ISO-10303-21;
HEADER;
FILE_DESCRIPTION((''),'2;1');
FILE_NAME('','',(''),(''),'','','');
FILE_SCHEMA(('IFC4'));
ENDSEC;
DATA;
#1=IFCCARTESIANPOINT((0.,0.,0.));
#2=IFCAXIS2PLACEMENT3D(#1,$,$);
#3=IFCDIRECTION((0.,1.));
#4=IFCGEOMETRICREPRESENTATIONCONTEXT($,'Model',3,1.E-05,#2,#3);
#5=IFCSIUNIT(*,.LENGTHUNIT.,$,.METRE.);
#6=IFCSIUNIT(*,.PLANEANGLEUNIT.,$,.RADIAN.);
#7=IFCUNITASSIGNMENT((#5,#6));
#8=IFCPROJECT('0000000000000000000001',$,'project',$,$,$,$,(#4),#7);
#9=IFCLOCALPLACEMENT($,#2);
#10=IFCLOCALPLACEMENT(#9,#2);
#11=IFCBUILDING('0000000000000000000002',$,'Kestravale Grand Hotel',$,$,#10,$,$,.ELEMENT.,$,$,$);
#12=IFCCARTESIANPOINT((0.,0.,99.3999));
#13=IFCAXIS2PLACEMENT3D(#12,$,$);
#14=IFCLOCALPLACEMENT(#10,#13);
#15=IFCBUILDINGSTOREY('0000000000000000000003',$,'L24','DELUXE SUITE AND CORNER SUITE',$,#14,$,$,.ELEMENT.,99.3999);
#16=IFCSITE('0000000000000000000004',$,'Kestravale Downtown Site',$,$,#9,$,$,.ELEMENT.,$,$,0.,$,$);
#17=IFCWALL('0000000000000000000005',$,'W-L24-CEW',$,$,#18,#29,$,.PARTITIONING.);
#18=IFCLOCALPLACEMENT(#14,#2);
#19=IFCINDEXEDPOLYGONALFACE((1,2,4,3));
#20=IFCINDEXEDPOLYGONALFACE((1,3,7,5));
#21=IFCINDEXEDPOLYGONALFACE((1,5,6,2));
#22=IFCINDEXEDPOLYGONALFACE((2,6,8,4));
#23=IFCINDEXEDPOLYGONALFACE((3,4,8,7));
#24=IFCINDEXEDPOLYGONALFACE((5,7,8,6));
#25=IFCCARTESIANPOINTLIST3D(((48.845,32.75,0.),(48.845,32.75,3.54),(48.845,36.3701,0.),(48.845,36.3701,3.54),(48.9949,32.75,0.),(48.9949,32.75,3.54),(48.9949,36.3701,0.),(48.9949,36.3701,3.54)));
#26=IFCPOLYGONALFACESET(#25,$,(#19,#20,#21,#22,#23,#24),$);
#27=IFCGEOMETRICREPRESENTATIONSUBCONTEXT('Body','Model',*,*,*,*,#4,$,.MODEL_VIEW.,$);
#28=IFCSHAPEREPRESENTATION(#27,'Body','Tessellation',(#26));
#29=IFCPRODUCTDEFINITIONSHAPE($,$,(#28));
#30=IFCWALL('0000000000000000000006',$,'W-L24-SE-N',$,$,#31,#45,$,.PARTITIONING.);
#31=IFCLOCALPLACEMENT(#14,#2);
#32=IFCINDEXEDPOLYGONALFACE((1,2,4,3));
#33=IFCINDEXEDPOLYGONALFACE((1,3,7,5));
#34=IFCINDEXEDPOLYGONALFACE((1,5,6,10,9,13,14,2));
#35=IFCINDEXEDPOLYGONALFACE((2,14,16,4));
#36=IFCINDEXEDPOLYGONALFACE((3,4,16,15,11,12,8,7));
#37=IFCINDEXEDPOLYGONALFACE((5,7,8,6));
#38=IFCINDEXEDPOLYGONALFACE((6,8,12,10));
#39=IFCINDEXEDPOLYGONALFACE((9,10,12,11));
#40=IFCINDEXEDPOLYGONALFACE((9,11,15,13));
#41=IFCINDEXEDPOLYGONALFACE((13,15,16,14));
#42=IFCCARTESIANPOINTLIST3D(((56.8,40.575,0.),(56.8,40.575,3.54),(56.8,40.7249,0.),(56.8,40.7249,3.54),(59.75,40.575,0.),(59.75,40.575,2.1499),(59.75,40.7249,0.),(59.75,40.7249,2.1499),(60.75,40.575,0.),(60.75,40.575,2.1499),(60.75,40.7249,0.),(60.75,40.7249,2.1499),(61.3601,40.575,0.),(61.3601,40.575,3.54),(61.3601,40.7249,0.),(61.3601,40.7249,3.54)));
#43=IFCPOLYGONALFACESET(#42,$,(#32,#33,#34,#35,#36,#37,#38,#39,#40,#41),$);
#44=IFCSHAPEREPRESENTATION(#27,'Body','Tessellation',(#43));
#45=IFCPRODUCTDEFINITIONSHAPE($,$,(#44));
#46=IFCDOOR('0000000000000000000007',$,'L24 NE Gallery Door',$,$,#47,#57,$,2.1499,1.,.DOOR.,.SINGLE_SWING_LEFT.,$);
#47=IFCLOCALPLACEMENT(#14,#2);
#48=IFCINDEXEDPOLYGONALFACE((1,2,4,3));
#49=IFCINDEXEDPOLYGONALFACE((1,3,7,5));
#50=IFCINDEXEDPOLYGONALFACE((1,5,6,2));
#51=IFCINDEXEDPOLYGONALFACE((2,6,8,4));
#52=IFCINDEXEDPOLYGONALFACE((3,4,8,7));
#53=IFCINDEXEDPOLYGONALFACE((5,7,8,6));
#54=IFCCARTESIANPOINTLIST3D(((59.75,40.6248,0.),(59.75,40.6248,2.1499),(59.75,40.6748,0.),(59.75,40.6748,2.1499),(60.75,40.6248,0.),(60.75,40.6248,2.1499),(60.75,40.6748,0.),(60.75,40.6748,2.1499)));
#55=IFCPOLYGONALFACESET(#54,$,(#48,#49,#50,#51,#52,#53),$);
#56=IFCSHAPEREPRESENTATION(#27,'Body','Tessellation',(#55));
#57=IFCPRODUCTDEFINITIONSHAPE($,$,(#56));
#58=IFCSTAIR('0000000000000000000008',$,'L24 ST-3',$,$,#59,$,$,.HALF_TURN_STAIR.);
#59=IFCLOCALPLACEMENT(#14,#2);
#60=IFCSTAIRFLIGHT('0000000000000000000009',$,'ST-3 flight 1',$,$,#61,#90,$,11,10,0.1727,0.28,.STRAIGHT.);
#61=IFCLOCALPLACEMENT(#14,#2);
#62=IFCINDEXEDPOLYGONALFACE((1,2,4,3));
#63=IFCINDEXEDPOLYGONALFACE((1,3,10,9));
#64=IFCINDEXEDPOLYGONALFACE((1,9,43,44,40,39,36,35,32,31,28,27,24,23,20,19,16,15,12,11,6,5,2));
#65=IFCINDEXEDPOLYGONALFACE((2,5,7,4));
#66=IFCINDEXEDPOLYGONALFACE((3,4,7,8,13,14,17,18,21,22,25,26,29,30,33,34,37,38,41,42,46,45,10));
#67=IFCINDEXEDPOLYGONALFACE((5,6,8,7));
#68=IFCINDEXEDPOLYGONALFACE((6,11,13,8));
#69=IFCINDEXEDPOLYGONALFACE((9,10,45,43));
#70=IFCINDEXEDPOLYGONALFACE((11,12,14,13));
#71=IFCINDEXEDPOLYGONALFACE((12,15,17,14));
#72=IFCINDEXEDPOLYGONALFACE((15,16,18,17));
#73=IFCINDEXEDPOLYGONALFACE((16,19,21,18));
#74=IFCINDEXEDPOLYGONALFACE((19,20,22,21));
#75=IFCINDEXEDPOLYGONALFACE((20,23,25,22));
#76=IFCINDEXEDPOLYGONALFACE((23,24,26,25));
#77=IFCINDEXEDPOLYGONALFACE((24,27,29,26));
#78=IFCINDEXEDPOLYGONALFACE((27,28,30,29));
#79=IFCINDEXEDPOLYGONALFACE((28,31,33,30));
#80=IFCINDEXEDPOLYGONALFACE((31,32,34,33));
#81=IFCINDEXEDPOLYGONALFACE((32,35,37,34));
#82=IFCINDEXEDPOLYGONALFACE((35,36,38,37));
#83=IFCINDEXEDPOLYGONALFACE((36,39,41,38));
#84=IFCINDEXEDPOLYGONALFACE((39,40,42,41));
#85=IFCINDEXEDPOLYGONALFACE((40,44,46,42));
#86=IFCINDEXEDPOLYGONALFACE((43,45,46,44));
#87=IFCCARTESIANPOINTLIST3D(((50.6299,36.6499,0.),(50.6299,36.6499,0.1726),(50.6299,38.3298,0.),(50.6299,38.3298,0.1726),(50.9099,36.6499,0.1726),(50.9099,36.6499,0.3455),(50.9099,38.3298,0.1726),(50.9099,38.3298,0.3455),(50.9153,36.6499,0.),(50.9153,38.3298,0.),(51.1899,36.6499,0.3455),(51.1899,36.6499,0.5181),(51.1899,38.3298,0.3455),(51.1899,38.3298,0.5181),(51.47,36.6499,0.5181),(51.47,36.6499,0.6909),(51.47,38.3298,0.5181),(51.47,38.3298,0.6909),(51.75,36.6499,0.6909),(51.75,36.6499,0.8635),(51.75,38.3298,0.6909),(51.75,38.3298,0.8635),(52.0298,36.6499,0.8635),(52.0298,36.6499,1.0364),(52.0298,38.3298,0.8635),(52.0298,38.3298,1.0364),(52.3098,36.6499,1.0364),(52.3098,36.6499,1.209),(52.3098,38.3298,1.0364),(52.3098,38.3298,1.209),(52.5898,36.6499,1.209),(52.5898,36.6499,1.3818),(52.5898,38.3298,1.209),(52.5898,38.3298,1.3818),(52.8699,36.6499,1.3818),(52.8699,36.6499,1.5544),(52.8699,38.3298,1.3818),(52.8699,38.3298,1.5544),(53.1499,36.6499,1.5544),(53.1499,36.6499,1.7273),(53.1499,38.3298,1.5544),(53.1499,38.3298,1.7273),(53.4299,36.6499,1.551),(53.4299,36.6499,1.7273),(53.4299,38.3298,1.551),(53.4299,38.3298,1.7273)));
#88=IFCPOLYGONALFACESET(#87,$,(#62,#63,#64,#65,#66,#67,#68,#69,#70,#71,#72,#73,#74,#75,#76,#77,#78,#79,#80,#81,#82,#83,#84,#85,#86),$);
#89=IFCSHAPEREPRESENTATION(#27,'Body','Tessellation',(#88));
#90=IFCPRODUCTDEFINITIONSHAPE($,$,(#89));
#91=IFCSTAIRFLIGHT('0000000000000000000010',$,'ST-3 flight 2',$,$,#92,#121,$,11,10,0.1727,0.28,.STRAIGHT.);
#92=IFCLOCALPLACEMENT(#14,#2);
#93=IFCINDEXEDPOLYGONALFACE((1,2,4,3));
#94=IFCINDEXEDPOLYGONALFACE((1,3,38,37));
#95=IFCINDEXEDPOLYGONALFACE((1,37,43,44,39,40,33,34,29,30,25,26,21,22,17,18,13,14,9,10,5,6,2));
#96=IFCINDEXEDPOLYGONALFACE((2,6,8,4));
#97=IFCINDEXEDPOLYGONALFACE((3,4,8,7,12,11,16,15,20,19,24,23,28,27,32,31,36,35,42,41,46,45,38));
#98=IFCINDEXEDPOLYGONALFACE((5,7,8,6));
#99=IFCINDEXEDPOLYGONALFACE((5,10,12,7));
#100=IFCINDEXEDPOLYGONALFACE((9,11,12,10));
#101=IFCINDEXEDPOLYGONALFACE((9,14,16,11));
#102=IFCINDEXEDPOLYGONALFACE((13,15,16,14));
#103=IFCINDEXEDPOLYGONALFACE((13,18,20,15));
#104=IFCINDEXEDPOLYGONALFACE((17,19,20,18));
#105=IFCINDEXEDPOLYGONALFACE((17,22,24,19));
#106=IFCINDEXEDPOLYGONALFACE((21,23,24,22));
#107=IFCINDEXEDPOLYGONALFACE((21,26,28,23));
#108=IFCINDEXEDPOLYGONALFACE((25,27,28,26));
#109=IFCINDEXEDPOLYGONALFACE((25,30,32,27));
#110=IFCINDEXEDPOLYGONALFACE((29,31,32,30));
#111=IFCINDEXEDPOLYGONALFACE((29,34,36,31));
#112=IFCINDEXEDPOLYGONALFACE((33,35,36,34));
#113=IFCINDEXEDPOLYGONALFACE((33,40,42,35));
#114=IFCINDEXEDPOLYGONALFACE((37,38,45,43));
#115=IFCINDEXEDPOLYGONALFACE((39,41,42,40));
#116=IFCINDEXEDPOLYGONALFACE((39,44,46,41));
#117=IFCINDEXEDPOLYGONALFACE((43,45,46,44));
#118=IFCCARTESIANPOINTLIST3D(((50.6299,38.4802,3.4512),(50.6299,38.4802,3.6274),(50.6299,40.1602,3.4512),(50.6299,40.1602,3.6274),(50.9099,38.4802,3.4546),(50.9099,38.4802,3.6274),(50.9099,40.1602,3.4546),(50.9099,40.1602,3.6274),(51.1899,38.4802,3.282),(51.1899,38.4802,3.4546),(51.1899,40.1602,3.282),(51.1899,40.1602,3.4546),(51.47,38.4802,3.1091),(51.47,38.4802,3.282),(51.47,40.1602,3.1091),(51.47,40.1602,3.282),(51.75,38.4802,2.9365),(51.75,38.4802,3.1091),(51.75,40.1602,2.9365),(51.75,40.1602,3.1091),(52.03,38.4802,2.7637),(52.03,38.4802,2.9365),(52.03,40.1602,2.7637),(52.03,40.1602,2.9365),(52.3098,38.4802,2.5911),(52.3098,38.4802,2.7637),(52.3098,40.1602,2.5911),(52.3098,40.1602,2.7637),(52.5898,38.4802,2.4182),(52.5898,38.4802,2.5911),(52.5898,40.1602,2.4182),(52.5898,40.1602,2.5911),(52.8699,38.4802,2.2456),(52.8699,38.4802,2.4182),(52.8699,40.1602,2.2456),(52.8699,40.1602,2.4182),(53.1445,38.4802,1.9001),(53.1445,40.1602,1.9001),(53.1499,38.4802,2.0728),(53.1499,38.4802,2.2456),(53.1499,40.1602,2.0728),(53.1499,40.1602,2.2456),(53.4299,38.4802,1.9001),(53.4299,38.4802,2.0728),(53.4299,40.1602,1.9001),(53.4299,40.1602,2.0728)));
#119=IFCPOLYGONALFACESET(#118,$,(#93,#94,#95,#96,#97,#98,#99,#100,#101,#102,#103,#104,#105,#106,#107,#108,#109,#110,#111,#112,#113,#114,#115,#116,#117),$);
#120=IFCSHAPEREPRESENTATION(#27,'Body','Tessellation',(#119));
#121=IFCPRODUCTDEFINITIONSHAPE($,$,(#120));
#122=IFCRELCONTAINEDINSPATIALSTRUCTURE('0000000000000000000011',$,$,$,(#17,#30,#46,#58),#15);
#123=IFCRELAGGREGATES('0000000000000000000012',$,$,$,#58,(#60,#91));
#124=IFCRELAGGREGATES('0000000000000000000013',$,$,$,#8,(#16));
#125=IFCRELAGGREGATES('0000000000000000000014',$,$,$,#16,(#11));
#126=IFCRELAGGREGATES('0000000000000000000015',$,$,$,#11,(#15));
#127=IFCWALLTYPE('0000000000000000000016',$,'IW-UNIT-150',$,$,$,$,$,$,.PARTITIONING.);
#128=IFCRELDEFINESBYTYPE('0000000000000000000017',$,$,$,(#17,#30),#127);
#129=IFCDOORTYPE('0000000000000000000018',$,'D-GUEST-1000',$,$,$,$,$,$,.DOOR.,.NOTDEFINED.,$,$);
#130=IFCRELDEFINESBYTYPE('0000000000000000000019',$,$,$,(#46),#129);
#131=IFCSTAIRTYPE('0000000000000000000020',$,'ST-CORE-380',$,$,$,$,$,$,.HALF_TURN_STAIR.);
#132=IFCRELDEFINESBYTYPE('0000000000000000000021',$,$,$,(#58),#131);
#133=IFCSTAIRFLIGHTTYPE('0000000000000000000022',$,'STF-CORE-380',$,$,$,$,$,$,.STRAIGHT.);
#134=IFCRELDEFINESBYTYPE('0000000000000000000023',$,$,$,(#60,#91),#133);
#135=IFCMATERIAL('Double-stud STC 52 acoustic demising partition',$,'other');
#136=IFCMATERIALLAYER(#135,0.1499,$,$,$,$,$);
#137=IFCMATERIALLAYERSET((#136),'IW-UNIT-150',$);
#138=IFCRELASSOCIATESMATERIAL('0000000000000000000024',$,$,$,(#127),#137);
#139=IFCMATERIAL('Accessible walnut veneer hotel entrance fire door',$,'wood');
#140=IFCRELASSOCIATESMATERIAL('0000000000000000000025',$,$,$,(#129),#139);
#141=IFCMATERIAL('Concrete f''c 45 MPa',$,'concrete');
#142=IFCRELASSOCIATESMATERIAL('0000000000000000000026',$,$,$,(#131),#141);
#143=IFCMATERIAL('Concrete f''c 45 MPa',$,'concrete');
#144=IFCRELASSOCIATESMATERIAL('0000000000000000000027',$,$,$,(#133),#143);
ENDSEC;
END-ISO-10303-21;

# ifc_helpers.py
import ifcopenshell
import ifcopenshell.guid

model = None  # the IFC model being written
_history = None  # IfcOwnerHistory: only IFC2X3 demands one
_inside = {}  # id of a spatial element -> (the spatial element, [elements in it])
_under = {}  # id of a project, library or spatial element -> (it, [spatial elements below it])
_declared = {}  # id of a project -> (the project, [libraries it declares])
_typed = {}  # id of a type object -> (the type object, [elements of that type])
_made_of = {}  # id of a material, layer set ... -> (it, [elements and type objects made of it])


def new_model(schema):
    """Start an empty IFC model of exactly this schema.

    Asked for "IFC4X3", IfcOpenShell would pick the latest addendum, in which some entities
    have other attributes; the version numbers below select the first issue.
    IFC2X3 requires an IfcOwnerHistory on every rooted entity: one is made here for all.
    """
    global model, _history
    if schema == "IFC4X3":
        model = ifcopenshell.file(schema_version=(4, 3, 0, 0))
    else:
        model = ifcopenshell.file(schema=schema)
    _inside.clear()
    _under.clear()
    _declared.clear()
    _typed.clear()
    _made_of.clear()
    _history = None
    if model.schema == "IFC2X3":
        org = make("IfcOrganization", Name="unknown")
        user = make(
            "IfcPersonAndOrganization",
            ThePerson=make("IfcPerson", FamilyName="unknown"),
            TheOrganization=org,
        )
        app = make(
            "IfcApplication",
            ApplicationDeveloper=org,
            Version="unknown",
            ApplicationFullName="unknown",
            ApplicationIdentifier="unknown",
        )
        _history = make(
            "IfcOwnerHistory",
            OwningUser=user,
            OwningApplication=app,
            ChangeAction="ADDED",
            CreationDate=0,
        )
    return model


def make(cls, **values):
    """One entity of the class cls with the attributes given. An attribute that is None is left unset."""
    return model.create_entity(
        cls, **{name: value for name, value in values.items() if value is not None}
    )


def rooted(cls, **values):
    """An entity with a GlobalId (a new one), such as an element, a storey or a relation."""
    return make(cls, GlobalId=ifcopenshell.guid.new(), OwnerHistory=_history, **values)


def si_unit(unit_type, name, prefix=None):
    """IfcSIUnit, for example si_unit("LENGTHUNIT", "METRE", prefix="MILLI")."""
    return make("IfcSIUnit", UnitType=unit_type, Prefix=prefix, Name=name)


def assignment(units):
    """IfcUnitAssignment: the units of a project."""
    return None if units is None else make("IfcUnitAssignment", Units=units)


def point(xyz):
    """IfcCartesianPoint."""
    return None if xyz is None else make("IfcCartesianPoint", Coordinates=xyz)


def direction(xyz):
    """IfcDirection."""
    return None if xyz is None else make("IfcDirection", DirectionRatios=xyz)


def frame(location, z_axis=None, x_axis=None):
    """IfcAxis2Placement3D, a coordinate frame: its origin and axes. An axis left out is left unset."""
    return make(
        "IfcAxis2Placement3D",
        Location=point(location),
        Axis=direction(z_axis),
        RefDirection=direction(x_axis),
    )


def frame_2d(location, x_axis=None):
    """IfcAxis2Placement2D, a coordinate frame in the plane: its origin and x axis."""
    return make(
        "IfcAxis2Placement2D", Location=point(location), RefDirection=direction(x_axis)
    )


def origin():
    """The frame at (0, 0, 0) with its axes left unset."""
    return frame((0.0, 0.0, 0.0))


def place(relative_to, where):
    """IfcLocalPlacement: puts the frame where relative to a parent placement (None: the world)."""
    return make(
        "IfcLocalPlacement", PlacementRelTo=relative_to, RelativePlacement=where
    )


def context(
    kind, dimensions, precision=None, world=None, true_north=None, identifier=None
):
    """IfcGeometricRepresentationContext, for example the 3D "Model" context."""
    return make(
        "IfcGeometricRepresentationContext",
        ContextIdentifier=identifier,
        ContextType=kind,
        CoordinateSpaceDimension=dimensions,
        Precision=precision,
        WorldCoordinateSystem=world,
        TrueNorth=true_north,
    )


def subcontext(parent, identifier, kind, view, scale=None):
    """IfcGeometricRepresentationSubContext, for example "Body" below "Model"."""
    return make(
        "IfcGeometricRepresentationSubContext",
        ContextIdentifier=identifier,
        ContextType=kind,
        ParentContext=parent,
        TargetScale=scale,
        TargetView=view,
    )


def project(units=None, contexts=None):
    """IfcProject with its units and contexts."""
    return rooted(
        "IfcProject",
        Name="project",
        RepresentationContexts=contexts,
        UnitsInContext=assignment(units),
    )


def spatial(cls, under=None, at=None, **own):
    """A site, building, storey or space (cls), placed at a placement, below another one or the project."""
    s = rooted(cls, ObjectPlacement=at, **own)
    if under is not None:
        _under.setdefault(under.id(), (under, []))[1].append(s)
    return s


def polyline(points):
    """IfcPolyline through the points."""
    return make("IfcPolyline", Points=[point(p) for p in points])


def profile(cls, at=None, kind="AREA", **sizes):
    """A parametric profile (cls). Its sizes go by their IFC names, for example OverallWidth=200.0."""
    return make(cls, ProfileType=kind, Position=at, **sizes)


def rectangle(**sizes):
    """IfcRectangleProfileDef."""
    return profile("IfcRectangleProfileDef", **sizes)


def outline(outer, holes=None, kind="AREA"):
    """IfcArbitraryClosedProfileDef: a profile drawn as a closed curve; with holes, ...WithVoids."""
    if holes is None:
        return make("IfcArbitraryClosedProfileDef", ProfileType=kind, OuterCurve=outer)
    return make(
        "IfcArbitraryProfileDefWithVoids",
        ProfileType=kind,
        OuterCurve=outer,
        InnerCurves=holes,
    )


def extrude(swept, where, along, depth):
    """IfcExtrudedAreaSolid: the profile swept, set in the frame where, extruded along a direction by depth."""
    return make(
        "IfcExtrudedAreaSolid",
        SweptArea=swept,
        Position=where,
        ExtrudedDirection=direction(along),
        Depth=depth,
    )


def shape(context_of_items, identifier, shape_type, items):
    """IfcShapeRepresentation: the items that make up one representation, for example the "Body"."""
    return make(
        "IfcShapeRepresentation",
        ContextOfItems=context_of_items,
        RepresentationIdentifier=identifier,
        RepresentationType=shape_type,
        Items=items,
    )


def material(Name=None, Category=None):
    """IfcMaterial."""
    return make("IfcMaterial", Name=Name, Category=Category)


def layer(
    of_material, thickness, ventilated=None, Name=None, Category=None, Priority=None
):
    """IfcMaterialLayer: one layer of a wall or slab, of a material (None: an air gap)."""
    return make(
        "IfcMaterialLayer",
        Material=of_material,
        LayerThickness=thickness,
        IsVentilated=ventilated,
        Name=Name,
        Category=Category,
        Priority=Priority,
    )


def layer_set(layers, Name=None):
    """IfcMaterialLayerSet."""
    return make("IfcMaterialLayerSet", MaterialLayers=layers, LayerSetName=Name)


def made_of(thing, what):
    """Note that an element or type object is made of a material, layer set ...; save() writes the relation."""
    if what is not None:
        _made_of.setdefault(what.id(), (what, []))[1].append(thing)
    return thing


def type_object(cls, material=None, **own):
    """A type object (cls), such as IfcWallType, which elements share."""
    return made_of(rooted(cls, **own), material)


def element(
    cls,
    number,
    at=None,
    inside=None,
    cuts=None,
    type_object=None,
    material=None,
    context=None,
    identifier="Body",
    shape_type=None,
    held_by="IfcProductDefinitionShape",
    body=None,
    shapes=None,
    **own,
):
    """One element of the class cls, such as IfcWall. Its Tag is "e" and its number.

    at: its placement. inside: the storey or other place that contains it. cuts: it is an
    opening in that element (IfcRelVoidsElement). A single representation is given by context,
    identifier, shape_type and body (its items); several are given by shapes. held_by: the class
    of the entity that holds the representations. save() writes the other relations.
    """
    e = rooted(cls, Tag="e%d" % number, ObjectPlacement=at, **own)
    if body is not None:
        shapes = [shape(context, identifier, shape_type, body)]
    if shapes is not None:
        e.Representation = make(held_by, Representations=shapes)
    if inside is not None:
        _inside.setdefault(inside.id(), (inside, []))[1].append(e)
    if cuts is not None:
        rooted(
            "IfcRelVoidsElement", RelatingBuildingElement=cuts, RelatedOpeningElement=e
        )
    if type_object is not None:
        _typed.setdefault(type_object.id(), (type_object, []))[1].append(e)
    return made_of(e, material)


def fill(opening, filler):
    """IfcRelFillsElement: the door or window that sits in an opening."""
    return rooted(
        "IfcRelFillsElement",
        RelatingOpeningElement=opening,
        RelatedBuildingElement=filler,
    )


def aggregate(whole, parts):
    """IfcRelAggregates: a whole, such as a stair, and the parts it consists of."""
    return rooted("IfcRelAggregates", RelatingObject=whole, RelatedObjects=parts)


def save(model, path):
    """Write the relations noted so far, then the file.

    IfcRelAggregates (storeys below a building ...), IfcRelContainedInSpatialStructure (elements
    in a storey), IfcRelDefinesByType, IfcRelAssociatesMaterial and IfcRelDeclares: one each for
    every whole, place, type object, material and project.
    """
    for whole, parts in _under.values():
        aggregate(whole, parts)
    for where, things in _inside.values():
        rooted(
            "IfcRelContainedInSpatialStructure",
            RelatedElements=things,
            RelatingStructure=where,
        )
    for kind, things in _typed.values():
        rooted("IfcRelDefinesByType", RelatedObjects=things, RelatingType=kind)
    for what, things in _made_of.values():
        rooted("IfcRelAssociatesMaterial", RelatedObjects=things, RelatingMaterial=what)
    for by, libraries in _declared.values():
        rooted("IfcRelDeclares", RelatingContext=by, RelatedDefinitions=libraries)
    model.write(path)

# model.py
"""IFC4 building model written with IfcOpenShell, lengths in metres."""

from ifc_helpers import new_model, si_unit, direction, frame, frame_2d, origin, place, context, subcontext, project, spatial, polyline, rectangle, outline, extrude, material, layer, layer_set, type_object, element, fill, aggregate, save


model = new_model("IFC4")

# Units and contexts
model_context = context("Model", 3, precision=1e-05, world=origin(), true_north=direction((0.0, 1.0)))
body_context = subcontext(model_context, "Body", "Model", "MODEL_VIEW")
ifc_project = project(units=[si_unit("LENGTHUNIT", "METRE"), si_unit("PLANEANGLEUNIT", "RADIAN")], contexts=[model_context])

# Site, building, storey
site_placement = place(None, origin())
site = spatial("IfcSite", under=ifc_project, at=site_placement, Name="Kestravale Downtown Site", CompositionType="ELEMENT", RefElevation=0.0)
building_placement = place(site_placement, origin())
building = spatial("IfcBuilding", under=site, at=building_placement, Name="Kestravale Grand Hotel", CompositionType="ELEMENT")
storey_placement = place(building_placement, frame((0.0, 0.0, 99.3999)))
storey = spatial("IfcBuildingStorey", under=building, at=storey_placement, Name="L24", Description="DELUXE SUITE AND CORNER SUITE", CompositionType="ELEMENT", Elevation=99.3999)

# Wall
ifc_material_1 = material(Name="Double-stud STC 52 acoustic demising partition", Category="other")
ifc_layer_1 = layer(ifc_material_1, 0.1499)
ifc_layer_set_1 = layer_set([ifc_layer_1], Name="IW-UNIT-150")
wall_type_1 = type_object("IfcWallType", Name="IW-UNIT-150", PredefinedType="PARTITIONING", material=ifc_layer_set_1)
wall_1_placement = place(storey_placement, frame((48.9199, 32.75, 0.0), z_axis=(0.0, 0.0, 1.0), x_axis=(0.0, 1.0, 0.0)))
element("IfcWall", 1, at=wall_1_placement, inside=storey, type_object=wall_type_1, Name="W-L24-CEW", PredefinedType="PARTITIONING", context=body_context, shape_type="SweptSolid", body=[
    extrude(rectangle(XDim=3.6201, YDim=0.1499, at=frame_2d((1.8101, 0.0))), origin(), (0.0, 0.0, 1.0), 3.54),
])

# Wall, opening, door
wall_2_placement = place(storey_placement, frame((56.8, 40.6499, 0.0), z_axis=(0.0, 0.0, 1.0), x_axis=(1.0, 0.0, 0.0)))
wall_2 = element("IfcWall", 2, at=wall_2_placement, inside=storey, type_object=wall_type_1, Name="W-L24-SE-N", PredefinedType="PARTITIONING", context=body_context, shape_type="SweptSolid", body=[
    extrude(rectangle(XDim=4.5601, YDim=0.1499, at=frame_2d((2.28, 0.0))), origin(), (0.0, 0.0, 1.0), 3.54),
])
opening_1_placement = place(wall_2_placement, frame((2.95, 0.0, 0.0)))
opening_1 = element("IfcOpeningElement", 3, at=opening_1_placement, cuts=wall_2, PredefinedType="OPENING", context=body_context, shape_type="SweptSolid", body=[
    extrude(rectangle(XDim=1.0, YDim=2.1499, at=frame_2d((0.5, 1.075))), frame((0.0, 0.085, 0.0), z_axis=(0.0, -1.0, 0.0), x_axis=(1.0, 0.0, 0.0)), (0.0, 0.0, 1.0), 0.1699),
])
ifc_material_2 = material(Name="Accessible walnut veneer hotel entrance fire door", Category="wood")
door_type_1 = type_object("IfcDoorType", Name="D-GUEST-1000", OperationType="NOTDEFINED", PredefinedType="DOOR", material=ifc_material_2)
door_1_placement = place(opening_1_placement, origin())
door_1 = element("IfcDoor", 4, at=door_1_placement, inside=storey, type_object=door_type_1, Name="L24 NE Gallery Door", OperationType="SINGLE_SWING_LEFT", OverallHeight=2.1499, OverallWidth=1.0, PredefinedType="DOOR", context=body_context, shape_type="SweptSolid", body=[
    extrude(rectangle(XDim=1.0, YDim=2.1499, at=frame_2d((0.5, 1.075))), frame((0.0, 0.0249, 0.0), z_axis=(0.0, -1.0, 0.0), x_axis=(1.0, 0.0, 0.0)), (0.0, 0.0, 1.0), 0.05),
])
fill(opening_1, door_1)

# Stair, stair flights
ifc_material_3 = material(Name="Concrete f'c 45 MPa", Category="concrete")
stair_type = type_object("IfcStairType", Name="ST-CORE-380", PredefinedType="HALF_TURN_STAIR", material=ifc_material_3)
stair_placement = place(storey_placement, origin())
stair = element("IfcStair", 5, at=stair_placement, inside=storey, type_object=stair_type, Name="L24 ST-3", PredefinedType="HALF_TURN_STAIR")
ifc_material_4 = material(Name="Concrete f'c 45 MPa", Category="concrete")
stair_flight_type = type_object("IfcStairFlightType", Name="STF-CORE-380", PredefinedType="STRAIGHT", material=ifc_material_4)
stair_flight_1_placement = place(storey_placement, frame((50.6299, 37.49, 0.0), z_axis=(0.0, 0.0, 1.0), x_axis=(1.0, 0.0, 0.0)))
stair_flight_1 = element("IfcStairFlight", 6, at=stair_flight_1_placement, type_object=stair_flight_type, Name="ST-3 flight 1", NumberOfRisers=11, NumberOfTreads=10, PredefinedType="STRAIGHT", RiserHeight=0.1727, TreadLength=0.28, context=body_context, shape_type="SweptSolid", body=[
    extrude(outline(polyline([(0.0, 0.0), (0.0, 0.1726), (0.28, 0.1726), (0.28, 0.3455), (0.5601, 0.3455), (0.5601, 0.5181), (0.8401, 0.5181), (0.8401, 0.6909), (1.1201, 0.6909), (1.1201, 0.8635), (1.3999, 0.8635), (1.3999, 1.0364), (1.6799, 1.0364), (1.6799, 1.209), (1.96, 1.209), (1.96, 1.3818), (2.24, 1.3818), (2.24, 1.5544), (2.52, 1.5544), (2.52, 1.7273), (2.8, 1.7273), (2.8, 1.8999), (2.8, 1.551), (0.2854, 0.0), (0.0, 0.0)])), frame((0.0, 0.8398, 0.0), z_axis=(0.0, -1.0, 0.0), x_axis=(1.0, 0.0, 0.0)), (0.0, 0.0, 1.0), 1.6799),
])
stair_flight_2_placement = place(storey_placement, frame((53.4299, 39.3201, 1.9001), z_axis=(0.0, 0.0, 1.0), x_axis=(-1.0, 0.0, 0.0)))
stair_flight_2 = element("IfcStairFlight", 7, at=stair_flight_2_placement, type_object=stair_flight_type, Name="ST-3 flight 2", NumberOfRisers=11, NumberOfTreads=10, PredefinedType="STRAIGHT", RiserHeight=0.1727, TreadLength=0.28, context=body_context, shape_type="SweptSolid", body=[
    extrude(outline(polyline([(0.0, 0.0), (0.0, 0.1726), (0.28, 0.1726), (0.28, 0.3455), (0.5601, 0.3455), (0.5601, 0.5181), (0.8401, 0.5181), (0.8401, 0.6909), (1.1201, 0.6909), (1.1201, 0.8635), (1.3999, 0.8635), (1.3999, 1.0364), (1.6799, 1.0364), (1.6799, 1.209), (1.96, 1.209), (1.96, 1.3818), (2.24, 1.3818), (2.24, 1.5544), (2.52, 1.5544), (2.52, 1.7273), (2.8, 1.7273), (2.8, 1.8999), (2.8, 1.551), (0.2854, 0.0), (0.0, 0.0)])), frame((0.0, 0.8398, 0.0), z_axis=(0.0, -1.0, 0.0), x_axis=(1.0, 0.0, 0.0)), (0.0, 0.0, 1.0), 1.6799),
])
aggregate(stair, [stair_flight_1, stair_flight_2])

save(model, "model.ifc")
